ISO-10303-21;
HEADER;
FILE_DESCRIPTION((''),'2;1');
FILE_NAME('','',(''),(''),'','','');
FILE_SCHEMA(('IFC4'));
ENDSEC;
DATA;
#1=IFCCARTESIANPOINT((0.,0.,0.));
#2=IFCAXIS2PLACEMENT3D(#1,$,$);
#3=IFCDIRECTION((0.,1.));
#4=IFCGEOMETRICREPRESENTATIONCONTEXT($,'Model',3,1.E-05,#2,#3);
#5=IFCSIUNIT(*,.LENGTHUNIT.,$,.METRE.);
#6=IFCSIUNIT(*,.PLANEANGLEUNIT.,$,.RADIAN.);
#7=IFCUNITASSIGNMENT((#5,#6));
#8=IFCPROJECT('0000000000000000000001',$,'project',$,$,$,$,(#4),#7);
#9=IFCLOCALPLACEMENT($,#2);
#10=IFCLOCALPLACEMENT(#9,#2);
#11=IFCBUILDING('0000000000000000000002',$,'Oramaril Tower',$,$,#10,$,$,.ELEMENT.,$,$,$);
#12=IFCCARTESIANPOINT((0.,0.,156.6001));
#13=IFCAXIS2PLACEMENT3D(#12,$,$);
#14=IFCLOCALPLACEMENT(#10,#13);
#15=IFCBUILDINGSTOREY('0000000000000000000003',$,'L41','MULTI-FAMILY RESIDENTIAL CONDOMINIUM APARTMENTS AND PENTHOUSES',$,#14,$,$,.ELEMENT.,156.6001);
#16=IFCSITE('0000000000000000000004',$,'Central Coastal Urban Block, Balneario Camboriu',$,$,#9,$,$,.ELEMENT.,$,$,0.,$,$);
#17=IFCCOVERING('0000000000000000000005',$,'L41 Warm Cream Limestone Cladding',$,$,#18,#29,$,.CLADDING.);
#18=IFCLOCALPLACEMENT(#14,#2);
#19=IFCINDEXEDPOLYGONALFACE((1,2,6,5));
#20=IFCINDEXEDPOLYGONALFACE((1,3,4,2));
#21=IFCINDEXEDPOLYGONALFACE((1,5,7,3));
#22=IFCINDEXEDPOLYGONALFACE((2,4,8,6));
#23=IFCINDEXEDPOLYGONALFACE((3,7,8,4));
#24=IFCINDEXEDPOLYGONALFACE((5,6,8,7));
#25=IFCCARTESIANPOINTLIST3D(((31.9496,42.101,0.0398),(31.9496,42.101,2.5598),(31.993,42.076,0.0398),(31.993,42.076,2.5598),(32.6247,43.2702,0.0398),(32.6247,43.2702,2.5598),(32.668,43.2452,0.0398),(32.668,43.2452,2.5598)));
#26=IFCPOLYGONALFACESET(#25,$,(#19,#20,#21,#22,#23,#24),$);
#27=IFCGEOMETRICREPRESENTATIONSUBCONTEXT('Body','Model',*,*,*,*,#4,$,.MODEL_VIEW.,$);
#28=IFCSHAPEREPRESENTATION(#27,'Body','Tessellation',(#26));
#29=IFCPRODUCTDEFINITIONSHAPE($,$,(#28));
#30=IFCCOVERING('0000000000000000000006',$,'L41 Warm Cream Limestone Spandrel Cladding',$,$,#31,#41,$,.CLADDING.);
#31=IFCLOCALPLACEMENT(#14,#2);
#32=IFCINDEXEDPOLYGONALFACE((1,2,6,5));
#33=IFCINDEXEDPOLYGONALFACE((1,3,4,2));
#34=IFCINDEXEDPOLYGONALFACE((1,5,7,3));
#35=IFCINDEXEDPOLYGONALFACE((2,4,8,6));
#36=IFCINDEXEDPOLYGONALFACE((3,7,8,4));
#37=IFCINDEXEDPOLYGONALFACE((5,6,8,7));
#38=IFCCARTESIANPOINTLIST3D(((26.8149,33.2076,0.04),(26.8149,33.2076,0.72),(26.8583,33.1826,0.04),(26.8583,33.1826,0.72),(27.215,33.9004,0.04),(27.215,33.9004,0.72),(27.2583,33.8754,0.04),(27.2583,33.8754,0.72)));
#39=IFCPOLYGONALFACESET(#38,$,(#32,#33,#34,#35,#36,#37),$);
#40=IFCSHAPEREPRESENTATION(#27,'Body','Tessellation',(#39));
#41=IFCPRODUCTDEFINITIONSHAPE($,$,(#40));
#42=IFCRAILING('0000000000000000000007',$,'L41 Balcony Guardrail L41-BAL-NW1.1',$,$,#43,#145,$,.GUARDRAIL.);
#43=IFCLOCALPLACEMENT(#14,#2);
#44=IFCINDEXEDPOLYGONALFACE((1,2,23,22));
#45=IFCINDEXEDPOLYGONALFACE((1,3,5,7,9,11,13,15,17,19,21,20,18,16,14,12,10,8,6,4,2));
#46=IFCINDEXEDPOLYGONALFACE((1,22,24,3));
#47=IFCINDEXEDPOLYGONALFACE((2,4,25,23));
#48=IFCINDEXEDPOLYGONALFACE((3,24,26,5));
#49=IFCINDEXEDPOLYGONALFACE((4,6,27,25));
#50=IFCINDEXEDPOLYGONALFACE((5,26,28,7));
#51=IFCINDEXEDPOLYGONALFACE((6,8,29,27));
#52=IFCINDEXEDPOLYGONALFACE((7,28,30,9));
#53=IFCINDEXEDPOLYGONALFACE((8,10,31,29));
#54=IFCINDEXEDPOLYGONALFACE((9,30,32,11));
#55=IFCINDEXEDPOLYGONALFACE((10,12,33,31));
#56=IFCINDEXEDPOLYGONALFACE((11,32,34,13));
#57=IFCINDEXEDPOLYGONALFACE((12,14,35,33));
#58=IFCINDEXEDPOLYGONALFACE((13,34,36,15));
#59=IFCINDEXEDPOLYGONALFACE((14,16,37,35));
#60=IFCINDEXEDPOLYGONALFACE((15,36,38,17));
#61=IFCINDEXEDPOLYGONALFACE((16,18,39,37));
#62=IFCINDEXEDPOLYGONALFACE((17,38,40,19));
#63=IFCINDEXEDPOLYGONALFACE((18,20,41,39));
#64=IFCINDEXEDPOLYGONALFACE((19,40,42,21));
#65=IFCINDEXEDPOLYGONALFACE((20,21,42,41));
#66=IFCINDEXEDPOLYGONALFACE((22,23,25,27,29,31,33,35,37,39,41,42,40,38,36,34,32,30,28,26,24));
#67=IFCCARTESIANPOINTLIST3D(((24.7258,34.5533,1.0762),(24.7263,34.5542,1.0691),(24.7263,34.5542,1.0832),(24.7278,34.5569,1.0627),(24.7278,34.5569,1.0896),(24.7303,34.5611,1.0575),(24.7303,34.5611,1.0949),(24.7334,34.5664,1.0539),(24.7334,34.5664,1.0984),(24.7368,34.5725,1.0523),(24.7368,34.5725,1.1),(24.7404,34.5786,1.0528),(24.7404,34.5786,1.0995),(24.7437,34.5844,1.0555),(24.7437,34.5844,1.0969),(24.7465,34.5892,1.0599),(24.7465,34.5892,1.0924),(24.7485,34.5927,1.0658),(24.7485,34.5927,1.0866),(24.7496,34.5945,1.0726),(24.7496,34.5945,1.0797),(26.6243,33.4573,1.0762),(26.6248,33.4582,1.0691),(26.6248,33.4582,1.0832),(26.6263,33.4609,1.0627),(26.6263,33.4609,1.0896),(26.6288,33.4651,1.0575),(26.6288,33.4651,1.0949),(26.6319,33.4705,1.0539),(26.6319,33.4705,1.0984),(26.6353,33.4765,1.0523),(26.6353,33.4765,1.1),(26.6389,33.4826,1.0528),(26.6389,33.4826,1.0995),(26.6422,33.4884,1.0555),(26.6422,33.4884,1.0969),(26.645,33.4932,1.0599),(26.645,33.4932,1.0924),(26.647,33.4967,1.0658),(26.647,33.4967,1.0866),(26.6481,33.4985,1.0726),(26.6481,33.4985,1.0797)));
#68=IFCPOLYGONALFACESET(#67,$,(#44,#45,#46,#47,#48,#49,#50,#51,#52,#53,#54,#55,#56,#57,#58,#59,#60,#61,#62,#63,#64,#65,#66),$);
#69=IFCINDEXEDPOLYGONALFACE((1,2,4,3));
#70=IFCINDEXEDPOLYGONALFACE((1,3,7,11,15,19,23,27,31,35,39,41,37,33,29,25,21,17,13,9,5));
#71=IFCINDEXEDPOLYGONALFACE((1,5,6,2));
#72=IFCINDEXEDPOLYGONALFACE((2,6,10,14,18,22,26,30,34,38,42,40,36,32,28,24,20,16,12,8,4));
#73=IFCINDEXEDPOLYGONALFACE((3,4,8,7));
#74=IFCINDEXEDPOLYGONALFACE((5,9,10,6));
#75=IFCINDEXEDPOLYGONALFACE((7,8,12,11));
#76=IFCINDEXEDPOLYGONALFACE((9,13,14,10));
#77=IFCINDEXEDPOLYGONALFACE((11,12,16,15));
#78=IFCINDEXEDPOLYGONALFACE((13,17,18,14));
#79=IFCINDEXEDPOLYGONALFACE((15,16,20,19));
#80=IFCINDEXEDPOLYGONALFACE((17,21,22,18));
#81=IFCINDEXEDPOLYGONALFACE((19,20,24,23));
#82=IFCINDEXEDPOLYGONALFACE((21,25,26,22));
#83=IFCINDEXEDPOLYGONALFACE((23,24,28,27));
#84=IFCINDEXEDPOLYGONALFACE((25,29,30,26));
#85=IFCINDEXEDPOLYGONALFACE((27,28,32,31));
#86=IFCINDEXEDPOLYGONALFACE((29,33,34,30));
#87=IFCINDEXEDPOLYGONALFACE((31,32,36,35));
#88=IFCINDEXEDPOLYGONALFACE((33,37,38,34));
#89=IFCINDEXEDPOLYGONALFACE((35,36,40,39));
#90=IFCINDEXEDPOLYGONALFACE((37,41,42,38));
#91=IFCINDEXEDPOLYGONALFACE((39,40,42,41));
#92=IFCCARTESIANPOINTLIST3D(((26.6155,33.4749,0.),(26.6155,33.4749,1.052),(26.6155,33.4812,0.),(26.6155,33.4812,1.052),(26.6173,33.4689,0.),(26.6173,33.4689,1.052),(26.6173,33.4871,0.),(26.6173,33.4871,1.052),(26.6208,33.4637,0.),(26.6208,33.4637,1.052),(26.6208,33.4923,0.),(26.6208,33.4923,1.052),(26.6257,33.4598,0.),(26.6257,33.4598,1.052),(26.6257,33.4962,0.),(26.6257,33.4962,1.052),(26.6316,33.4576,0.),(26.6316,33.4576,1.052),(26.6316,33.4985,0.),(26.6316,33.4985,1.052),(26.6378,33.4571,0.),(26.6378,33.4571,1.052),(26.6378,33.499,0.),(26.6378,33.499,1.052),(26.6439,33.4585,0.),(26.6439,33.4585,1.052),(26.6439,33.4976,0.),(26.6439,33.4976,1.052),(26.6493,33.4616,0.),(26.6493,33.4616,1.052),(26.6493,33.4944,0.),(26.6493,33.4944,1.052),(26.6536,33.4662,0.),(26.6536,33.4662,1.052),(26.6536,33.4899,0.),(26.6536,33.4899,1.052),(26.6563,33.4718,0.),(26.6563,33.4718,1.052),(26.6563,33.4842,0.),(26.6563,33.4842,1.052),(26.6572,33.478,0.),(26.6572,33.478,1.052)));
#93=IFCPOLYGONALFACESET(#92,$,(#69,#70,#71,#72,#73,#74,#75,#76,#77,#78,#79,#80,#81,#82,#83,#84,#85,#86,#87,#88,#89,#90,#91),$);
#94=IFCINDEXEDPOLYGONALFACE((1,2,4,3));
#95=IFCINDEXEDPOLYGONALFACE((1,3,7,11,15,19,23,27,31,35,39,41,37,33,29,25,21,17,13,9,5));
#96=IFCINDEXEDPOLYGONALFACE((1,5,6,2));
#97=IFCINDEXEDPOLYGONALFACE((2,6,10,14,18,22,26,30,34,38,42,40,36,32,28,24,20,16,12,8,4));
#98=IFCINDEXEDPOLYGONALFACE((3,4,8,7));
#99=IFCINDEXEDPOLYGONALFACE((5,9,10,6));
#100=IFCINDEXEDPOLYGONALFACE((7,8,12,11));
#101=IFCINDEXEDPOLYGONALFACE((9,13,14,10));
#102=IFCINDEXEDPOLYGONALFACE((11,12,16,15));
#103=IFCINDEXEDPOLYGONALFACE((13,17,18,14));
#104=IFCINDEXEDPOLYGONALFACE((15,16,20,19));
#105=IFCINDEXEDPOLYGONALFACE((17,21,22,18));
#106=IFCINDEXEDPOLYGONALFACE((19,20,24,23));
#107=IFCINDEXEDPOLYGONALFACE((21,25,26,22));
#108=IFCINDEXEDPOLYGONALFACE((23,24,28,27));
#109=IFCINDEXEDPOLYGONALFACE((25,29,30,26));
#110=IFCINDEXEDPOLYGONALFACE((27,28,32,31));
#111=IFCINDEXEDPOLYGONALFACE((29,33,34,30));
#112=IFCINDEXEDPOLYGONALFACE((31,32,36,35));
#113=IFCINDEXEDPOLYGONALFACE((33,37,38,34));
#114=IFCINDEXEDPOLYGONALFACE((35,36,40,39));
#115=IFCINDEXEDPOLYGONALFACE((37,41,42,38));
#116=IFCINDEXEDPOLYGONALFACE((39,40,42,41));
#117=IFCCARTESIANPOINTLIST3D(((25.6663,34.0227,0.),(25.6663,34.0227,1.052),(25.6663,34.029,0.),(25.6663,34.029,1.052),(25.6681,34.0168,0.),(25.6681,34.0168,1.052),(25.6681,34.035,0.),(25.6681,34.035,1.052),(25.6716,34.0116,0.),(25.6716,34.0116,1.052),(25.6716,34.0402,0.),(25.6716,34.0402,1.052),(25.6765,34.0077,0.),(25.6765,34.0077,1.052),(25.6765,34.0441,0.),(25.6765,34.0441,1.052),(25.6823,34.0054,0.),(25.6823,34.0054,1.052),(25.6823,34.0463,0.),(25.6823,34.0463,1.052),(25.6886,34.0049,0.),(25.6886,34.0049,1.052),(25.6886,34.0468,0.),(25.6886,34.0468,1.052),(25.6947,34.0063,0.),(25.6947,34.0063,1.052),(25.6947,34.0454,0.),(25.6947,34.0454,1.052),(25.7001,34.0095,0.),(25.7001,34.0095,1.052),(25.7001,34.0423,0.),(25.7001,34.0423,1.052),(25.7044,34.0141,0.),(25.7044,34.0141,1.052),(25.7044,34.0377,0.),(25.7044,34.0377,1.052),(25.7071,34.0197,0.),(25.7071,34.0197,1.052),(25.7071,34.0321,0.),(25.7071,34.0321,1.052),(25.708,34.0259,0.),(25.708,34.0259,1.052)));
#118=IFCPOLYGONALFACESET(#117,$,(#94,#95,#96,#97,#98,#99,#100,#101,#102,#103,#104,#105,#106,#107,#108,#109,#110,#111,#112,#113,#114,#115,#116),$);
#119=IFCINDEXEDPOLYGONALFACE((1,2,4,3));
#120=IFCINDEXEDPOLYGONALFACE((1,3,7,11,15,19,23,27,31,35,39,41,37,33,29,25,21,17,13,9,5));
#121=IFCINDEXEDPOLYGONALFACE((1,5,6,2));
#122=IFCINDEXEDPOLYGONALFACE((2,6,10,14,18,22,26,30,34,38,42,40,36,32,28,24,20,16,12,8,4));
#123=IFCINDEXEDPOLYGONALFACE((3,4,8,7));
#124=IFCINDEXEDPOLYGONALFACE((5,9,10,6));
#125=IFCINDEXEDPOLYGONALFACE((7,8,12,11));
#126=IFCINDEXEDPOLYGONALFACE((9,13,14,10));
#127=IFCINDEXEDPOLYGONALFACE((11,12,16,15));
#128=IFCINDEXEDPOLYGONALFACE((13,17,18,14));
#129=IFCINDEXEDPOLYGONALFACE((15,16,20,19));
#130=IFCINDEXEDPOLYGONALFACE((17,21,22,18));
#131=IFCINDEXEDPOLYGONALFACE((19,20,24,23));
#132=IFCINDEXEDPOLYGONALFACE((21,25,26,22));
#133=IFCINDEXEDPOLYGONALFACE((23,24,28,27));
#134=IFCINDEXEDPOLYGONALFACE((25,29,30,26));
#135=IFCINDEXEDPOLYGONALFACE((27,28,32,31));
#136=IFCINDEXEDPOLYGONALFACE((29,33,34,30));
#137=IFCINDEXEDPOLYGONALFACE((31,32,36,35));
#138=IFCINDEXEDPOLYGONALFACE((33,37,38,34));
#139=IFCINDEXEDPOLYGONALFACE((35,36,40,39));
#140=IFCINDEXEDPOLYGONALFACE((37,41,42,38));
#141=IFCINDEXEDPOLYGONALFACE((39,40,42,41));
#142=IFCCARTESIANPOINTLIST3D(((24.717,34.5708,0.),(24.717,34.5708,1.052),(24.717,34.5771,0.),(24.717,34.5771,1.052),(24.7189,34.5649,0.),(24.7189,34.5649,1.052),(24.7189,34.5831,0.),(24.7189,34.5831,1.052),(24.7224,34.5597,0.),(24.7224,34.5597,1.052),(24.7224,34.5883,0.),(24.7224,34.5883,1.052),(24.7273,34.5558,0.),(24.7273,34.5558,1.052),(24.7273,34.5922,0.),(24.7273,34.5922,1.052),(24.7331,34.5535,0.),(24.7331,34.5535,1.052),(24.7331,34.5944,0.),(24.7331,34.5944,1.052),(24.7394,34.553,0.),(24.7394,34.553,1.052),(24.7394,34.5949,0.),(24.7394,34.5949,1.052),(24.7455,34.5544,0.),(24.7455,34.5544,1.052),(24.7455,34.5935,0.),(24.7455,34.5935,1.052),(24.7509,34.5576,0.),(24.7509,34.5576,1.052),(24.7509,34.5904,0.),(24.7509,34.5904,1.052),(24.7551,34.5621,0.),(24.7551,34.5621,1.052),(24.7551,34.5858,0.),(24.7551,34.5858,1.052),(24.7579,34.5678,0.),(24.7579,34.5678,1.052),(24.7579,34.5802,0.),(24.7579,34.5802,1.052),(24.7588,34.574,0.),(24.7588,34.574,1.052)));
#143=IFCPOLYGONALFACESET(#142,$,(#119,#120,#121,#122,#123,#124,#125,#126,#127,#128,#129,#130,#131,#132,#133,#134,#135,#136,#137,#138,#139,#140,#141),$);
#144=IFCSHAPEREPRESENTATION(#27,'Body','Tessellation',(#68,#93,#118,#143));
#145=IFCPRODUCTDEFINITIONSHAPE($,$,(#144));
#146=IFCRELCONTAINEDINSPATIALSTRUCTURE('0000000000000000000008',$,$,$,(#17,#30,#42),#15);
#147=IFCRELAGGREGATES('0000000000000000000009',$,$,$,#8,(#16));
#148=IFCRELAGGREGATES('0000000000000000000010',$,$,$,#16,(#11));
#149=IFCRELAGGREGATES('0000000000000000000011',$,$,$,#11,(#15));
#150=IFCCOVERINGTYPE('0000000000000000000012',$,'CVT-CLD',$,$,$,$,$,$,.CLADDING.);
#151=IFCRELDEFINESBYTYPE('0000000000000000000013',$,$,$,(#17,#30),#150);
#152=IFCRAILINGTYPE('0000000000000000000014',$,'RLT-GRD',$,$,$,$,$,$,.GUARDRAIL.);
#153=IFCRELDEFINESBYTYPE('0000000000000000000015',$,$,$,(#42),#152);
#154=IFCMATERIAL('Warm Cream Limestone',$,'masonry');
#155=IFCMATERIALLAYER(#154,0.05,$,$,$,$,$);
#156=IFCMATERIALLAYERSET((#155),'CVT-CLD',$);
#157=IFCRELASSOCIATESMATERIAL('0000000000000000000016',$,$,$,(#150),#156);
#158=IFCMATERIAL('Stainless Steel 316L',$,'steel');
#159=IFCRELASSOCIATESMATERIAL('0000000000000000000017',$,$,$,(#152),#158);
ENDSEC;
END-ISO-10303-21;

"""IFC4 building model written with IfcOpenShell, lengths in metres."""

from ifc_helpers import new_model, si_unit, direction, frame, origin, origin_2d, place, context, subcontext, project, spatial, rectangle, circle, extrude, material, layer, layer_set, type_object, element, save


model = new_model("IFC4")

# Units and contexts
model_context = context("Model", 3, precision=1e-05, world=origin(), true_north=direction((0.0, 1.0)))
body_context = subcontext(model_context, "Body", "Model", "MODEL_VIEW")
ifc_project = project(units=[si_unit("LENGTHUNIT", "METRE"), si_unit("PLANEANGLEUNIT", "RADIAN")], contexts=[model_context])

# Site, building, storey
site_placement = place(None, origin())
site = spatial("IfcSite", under=ifc_project, at=site_placement, Name="Central Coastal Urban Block, Balneario Camboriu", CompositionType="ELEMENT", RefElevation=0.0)
building_placement = place(site_placement, origin())
building = spatial("IfcBuilding", under=site, at=building_placement, Name="Oramaril Tower", CompositionType="ELEMENT")
storey_placement = place(building_placement, frame((0.0, 0.0, 156.6001)))
storey = spatial("IfcBuildingStorey", under=building, at=storey_placement, Name="L41", Description="MULTI-FAMILY RESIDENTIAL CONDOMINIUM APARTMENTS AND PENTHOUSES", CompositionType="ELEMENT", Elevation=156.6001)

# Coverings
ifc_material_1 = material(Name="Warm Cream Limestone", Category="masonry")
ifc_layer_1 = layer(ifc_material_1, 0.05)
ifc_layer_set_1 = layer_set([ifc_layer_1], Name="CVT-CLD")
covering_type = type_object("IfcCoveringType", Name="CVT-CLD", PredefinedType="CLADDING", material=ifc_layer_set_1)
covering_1_placement = place(storey_placement, frame((32.3088, 42.6731, 0.0398), z_axis=(0.0, 0.0, 1.0), x_axis=(-0.5, -0.866025, 0.0)))
element("IfcCovering", 1, at=covering_1_placement, inside=storey, type_object=covering_type, Name="L41 Warm Cream Limestone Cladding", PredefinedType="CLADDING", context=body_context, shape_type="SweptSolid", body=[
    extrude(rectangle(XDim=1.3501, YDim=0.05, at=origin_2d()), origin(), (0.0, 0.0, 1.0), 2.52),
])
covering_2_placement = place(storey_placement, frame((27.0366, 33.5415, 0.04), z_axis=(0.0, 0.0, 1.0), x_axis=(-0.5, -0.866025, 0.0)))
element("IfcCovering", 2, at=covering_2_placement, inside=storey, type_object=covering_type, Name="L41 Warm Cream Limestone Spandrel Cladding", PredefinedType="CLADDING", context=body_context, shape_type="SweptSolid", body=[
    extrude(rectangle(XDim=0.8, YDim=0.05, at=origin_2d()), origin(), (0.0, 0.0, 1.0), 0.6799),
])

# Railing
ifc_material_2 = material(Name="Stainless Steel 316L", Category="steel")
railing_type = type_object("IfcRailingType", Name="RLT-GRD", PredefinedType="GUARDRAIL", material=ifc_material_2)
railing_1_placement = place(storey_placement, frame((26.6362, 33.478, 0.0)))
element("IfcRailing", 3, at=railing_1_placement, inside=storey, type_object=railing_type, Name="L41 Balcony Guardrail L41-BAL-NW1.1", PredefinedType="GUARDRAIL", context=body_context, shape_type="SweptSolid", body=[
    extrude(circle(Radius=0.0239, at=origin_2d()), frame((0.0, 0.0, 1.0762), z_axis=(-0.866048, 0.49996, 0.0), x_axis=(-0.49996, -0.866048, 0.0)), (0.0, 0.0, 1.0), 2.1921),
    extrude(circle(Radius=0.021, at=origin_2d()), origin(), (0.0, 0.0, 1.0), 1.052),
    extrude(circle(Radius=0.021, at=origin_2d()), frame((-0.9492, 0.5479, 0.0)), (0.0, 0.0, 1.0), 1.052),
    extrude(circle(Radius=0.021, at=origin_2d()), frame((-1.8984, 1.0959, 0.0)), (0.0, 0.0, 1.0), 1.052),
])

save(model, "model.ifc")
